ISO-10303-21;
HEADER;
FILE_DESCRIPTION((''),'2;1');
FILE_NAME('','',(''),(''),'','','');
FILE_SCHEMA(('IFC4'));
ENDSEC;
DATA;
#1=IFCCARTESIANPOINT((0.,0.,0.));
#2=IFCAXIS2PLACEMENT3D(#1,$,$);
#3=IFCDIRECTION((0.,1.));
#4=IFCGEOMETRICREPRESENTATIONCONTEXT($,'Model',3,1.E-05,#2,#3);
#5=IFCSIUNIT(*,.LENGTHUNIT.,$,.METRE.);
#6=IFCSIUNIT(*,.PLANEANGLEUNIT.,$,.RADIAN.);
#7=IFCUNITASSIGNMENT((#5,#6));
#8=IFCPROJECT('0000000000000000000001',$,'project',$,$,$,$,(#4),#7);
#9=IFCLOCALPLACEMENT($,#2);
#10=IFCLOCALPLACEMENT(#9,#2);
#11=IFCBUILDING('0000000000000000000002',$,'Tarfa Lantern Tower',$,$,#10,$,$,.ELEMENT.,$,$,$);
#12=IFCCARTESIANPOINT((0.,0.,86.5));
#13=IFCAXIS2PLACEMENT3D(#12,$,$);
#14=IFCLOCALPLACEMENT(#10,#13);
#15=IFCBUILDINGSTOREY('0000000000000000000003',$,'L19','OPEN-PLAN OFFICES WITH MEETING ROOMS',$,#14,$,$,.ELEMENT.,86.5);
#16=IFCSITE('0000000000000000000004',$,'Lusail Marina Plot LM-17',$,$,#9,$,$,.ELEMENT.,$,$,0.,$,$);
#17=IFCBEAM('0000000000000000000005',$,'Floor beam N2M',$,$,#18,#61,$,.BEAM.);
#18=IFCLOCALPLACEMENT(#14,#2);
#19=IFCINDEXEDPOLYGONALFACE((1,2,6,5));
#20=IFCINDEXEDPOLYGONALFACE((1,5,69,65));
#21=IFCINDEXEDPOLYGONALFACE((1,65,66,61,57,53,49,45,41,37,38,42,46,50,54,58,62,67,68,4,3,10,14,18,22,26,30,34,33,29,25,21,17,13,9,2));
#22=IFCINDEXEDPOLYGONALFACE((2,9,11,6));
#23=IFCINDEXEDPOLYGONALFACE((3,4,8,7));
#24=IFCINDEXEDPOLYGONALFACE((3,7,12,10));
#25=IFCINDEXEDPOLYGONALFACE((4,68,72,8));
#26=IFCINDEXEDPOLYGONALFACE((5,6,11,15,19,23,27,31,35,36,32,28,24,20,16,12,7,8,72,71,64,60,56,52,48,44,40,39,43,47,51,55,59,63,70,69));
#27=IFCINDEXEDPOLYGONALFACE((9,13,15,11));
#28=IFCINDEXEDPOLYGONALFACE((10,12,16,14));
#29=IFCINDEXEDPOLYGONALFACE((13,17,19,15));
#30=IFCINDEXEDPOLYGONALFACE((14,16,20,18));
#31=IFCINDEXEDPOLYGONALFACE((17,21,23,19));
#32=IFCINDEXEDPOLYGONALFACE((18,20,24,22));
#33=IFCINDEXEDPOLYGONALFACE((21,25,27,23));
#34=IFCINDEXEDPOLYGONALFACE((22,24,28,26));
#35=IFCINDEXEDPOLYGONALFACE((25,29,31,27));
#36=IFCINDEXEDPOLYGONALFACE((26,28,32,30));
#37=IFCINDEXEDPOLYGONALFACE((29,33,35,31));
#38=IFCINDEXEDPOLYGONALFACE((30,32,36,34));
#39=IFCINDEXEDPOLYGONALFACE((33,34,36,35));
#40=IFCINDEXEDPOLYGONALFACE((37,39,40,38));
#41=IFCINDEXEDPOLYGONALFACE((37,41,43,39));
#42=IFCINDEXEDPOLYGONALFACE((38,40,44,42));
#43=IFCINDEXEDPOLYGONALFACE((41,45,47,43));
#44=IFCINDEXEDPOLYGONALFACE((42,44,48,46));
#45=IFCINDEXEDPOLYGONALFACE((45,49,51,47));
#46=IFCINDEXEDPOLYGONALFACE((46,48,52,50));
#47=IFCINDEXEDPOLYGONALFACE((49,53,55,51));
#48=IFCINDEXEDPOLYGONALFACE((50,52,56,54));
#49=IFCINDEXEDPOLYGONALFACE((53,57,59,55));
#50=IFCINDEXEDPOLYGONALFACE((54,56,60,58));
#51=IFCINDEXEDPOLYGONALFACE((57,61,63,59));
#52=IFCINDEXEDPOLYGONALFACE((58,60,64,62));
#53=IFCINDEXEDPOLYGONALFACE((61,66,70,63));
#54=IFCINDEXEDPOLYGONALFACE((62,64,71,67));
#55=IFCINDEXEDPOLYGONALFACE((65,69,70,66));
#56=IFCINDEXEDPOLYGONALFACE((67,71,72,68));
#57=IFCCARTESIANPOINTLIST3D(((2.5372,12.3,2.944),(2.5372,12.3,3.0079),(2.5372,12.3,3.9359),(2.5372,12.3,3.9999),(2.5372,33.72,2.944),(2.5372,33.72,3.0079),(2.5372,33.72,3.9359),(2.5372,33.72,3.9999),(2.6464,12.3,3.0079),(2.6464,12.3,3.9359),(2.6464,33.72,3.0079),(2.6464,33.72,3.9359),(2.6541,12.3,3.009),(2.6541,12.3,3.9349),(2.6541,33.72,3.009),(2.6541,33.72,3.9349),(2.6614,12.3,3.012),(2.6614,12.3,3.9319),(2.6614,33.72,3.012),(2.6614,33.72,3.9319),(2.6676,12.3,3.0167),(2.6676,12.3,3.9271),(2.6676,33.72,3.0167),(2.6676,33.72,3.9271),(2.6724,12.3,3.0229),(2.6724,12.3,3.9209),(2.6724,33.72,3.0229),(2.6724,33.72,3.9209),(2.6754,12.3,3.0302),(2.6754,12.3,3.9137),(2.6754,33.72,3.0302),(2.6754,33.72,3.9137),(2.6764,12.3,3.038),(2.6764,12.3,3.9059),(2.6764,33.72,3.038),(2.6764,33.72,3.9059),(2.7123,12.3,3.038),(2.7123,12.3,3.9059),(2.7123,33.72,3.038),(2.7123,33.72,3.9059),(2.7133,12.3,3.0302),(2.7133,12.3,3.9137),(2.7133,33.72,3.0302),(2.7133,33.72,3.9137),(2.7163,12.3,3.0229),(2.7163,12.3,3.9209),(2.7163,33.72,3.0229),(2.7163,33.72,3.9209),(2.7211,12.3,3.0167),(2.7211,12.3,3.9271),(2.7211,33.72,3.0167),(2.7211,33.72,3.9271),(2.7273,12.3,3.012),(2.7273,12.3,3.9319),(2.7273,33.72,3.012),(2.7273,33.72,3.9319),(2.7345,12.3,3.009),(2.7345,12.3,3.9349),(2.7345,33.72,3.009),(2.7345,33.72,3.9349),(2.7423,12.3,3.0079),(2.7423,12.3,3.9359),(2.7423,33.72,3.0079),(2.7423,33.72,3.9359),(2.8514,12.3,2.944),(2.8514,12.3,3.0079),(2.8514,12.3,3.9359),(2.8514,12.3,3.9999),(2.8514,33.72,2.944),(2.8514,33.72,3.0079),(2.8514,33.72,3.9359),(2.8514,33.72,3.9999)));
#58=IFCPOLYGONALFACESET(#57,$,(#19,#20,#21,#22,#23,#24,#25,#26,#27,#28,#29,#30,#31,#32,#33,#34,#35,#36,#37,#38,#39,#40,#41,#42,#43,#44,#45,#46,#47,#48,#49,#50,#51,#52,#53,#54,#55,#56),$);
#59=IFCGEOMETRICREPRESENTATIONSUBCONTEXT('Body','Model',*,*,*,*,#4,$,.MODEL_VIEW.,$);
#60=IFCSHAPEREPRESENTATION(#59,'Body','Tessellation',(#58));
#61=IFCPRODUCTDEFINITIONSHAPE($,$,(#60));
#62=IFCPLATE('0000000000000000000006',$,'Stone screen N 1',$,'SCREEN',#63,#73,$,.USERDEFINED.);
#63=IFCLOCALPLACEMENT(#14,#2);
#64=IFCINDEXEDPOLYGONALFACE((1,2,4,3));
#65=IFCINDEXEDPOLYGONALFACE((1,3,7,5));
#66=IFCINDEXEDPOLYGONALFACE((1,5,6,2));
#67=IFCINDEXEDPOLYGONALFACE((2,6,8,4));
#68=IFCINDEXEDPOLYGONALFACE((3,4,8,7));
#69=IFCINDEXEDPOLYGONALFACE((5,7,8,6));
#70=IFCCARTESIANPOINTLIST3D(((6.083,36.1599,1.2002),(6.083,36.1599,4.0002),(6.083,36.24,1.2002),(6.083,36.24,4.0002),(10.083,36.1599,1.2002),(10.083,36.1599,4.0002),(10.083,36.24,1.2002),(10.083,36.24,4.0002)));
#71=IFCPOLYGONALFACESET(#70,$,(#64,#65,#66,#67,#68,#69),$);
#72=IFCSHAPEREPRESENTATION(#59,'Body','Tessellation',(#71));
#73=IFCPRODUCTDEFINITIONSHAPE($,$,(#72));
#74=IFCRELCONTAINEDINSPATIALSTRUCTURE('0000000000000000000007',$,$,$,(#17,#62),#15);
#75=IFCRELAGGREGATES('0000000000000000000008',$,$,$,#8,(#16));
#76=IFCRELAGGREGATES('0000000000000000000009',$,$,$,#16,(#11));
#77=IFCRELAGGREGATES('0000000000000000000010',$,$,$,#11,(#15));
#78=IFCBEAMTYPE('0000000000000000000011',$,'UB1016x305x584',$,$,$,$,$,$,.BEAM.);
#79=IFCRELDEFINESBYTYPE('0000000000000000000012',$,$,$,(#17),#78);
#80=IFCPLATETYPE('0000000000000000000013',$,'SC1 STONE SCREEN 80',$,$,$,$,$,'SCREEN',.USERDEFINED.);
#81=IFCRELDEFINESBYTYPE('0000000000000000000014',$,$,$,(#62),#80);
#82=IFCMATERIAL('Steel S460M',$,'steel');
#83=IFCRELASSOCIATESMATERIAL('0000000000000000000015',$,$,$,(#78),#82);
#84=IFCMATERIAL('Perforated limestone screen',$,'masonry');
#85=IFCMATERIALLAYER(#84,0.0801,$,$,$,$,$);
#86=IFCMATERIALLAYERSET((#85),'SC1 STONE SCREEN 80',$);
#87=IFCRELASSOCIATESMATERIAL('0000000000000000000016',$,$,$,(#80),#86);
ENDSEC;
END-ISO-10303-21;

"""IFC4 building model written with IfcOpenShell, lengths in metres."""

from ifc_helpers import new_model, si_unit, direction, frame, origin, origin_2d, place, context, subcontext, project, spatial, rectangle, i_section, extrude, material, layer, layer_set, material_profile, profile_set, type_object, element, save


model = new_model("IFC4")

# Units and contexts
model_context = context("Model", 3, precision=1e-05, world=origin(), true_north=direction((0.0, 1.0)))
body_context = subcontext(model_context, "Body", "Model", "MODEL_VIEW")
ifc_project = project(units=[si_unit("LENGTHUNIT", "METRE"), si_unit("PLANEANGLEUNIT", "RADIAN")], contexts=[model_context])

# Site, building, storey
site_placement = place(None, origin())
site = spatial("IfcSite", under=ifc_project, at=site_placement, Name="Lusail Marina Plot LM-17", CompositionType="ELEMENT", RefElevation=0.0)
building_placement = place(site_placement, origin())
building = spatial("IfcBuilding", under=site, at=building_placement, Name="Tarfa Lantern Tower", CompositionType="ELEMENT")
storey_placement = place(building_placement, frame((0.0, 0.0, 86.5)))
storey = spatial("IfcBuildingStorey", under=building, at=storey_placement, Name="L19", Description="OPEN-PLAN OFFICES WITH MEETING ROOMS", CompositionType="ELEMENT", Elevation=86.5)

# Beam
ifc_material_1 = material(Name="Steel S460M", Category="steel")
ifc_material_profile_1 = material_profile(ifc_material_1, i_section(OverallWidth=0.3142, OverallDepth=1.0559, WebThickness=0.0359, FlangeThickness=0.064, FilletRadius=0.03, at=origin_2d()), Name="UB1016x305x584")
ifc_profile_set_1 = profile_set([ifc_material_profile_1], Name="Steel S460M")
beam_type_1 = type_object("IfcBeamType", Name="UB1016x305x584", PredefinedType="BEAM", material=ifc_profile_set_1)
for number, where, z_axis, x_axis, name in (
    (1, (2.6943, 33.72, 3.4719), (0.0, -1.0, 0.0), (1.0, 0.0, 0.0), "Floor beam N2M"),
):
    element("IfcBeam", number, at=place(storey_placement, frame(where, z_axis=z_axis, x_axis=x_axis)), inside=storey, type_object=beam_type_1, Name=name, PredefinedType="BEAM", context=body_context, shape_type="SweptSolid", body=[
        extrude(i_section(OverallWidth=0.3142, OverallDepth=1.0559, WebThickness=0.0359, FlangeThickness=0.064, FilletRadius=0.03, at=origin_2d()), origin(), (0.0, 0.0, 1.0), 21.4199),
    ])

# Plate
ifc_material_2 = material(Name="Perforated limestone screen", Category="masonry")
ifc_layer_1 = layer(ifc_material_2, 0.0801)
ifc_layer_set_1 = layer_set([ifc_layer_1], Name="SC1 STONE SCREEN 80")
plate_type = type_object("IfcPlateType", Name="SC1 STONE SCREEN 80", ElementType="SCREEN", PredefinedType="USERDEFINED", material=ifc_layer_set_1)
plate_placement = place(storey_placement, frame((8.083, 36.2, 1.2002), z_axis=(0.0, 0.0, 1.0), x_axis=(-1.0, 0.0, 0.0)))
element("IfcPlate", 2, at=plate_placement, inside=storey, type_object=plate_type, Name="Stone screen N 1", ObjectType="SCREEN", PredefinedType="USERDEFINED", context=body_context, shape_type="SweptSolid", body=[
    extrude(rectangle(XDim=4.0, YDim=0.0801, at=origin_2d()), origin(), (0.0, 0.0, 1.0), 2.8),
])

save(model, "model.ifc")
